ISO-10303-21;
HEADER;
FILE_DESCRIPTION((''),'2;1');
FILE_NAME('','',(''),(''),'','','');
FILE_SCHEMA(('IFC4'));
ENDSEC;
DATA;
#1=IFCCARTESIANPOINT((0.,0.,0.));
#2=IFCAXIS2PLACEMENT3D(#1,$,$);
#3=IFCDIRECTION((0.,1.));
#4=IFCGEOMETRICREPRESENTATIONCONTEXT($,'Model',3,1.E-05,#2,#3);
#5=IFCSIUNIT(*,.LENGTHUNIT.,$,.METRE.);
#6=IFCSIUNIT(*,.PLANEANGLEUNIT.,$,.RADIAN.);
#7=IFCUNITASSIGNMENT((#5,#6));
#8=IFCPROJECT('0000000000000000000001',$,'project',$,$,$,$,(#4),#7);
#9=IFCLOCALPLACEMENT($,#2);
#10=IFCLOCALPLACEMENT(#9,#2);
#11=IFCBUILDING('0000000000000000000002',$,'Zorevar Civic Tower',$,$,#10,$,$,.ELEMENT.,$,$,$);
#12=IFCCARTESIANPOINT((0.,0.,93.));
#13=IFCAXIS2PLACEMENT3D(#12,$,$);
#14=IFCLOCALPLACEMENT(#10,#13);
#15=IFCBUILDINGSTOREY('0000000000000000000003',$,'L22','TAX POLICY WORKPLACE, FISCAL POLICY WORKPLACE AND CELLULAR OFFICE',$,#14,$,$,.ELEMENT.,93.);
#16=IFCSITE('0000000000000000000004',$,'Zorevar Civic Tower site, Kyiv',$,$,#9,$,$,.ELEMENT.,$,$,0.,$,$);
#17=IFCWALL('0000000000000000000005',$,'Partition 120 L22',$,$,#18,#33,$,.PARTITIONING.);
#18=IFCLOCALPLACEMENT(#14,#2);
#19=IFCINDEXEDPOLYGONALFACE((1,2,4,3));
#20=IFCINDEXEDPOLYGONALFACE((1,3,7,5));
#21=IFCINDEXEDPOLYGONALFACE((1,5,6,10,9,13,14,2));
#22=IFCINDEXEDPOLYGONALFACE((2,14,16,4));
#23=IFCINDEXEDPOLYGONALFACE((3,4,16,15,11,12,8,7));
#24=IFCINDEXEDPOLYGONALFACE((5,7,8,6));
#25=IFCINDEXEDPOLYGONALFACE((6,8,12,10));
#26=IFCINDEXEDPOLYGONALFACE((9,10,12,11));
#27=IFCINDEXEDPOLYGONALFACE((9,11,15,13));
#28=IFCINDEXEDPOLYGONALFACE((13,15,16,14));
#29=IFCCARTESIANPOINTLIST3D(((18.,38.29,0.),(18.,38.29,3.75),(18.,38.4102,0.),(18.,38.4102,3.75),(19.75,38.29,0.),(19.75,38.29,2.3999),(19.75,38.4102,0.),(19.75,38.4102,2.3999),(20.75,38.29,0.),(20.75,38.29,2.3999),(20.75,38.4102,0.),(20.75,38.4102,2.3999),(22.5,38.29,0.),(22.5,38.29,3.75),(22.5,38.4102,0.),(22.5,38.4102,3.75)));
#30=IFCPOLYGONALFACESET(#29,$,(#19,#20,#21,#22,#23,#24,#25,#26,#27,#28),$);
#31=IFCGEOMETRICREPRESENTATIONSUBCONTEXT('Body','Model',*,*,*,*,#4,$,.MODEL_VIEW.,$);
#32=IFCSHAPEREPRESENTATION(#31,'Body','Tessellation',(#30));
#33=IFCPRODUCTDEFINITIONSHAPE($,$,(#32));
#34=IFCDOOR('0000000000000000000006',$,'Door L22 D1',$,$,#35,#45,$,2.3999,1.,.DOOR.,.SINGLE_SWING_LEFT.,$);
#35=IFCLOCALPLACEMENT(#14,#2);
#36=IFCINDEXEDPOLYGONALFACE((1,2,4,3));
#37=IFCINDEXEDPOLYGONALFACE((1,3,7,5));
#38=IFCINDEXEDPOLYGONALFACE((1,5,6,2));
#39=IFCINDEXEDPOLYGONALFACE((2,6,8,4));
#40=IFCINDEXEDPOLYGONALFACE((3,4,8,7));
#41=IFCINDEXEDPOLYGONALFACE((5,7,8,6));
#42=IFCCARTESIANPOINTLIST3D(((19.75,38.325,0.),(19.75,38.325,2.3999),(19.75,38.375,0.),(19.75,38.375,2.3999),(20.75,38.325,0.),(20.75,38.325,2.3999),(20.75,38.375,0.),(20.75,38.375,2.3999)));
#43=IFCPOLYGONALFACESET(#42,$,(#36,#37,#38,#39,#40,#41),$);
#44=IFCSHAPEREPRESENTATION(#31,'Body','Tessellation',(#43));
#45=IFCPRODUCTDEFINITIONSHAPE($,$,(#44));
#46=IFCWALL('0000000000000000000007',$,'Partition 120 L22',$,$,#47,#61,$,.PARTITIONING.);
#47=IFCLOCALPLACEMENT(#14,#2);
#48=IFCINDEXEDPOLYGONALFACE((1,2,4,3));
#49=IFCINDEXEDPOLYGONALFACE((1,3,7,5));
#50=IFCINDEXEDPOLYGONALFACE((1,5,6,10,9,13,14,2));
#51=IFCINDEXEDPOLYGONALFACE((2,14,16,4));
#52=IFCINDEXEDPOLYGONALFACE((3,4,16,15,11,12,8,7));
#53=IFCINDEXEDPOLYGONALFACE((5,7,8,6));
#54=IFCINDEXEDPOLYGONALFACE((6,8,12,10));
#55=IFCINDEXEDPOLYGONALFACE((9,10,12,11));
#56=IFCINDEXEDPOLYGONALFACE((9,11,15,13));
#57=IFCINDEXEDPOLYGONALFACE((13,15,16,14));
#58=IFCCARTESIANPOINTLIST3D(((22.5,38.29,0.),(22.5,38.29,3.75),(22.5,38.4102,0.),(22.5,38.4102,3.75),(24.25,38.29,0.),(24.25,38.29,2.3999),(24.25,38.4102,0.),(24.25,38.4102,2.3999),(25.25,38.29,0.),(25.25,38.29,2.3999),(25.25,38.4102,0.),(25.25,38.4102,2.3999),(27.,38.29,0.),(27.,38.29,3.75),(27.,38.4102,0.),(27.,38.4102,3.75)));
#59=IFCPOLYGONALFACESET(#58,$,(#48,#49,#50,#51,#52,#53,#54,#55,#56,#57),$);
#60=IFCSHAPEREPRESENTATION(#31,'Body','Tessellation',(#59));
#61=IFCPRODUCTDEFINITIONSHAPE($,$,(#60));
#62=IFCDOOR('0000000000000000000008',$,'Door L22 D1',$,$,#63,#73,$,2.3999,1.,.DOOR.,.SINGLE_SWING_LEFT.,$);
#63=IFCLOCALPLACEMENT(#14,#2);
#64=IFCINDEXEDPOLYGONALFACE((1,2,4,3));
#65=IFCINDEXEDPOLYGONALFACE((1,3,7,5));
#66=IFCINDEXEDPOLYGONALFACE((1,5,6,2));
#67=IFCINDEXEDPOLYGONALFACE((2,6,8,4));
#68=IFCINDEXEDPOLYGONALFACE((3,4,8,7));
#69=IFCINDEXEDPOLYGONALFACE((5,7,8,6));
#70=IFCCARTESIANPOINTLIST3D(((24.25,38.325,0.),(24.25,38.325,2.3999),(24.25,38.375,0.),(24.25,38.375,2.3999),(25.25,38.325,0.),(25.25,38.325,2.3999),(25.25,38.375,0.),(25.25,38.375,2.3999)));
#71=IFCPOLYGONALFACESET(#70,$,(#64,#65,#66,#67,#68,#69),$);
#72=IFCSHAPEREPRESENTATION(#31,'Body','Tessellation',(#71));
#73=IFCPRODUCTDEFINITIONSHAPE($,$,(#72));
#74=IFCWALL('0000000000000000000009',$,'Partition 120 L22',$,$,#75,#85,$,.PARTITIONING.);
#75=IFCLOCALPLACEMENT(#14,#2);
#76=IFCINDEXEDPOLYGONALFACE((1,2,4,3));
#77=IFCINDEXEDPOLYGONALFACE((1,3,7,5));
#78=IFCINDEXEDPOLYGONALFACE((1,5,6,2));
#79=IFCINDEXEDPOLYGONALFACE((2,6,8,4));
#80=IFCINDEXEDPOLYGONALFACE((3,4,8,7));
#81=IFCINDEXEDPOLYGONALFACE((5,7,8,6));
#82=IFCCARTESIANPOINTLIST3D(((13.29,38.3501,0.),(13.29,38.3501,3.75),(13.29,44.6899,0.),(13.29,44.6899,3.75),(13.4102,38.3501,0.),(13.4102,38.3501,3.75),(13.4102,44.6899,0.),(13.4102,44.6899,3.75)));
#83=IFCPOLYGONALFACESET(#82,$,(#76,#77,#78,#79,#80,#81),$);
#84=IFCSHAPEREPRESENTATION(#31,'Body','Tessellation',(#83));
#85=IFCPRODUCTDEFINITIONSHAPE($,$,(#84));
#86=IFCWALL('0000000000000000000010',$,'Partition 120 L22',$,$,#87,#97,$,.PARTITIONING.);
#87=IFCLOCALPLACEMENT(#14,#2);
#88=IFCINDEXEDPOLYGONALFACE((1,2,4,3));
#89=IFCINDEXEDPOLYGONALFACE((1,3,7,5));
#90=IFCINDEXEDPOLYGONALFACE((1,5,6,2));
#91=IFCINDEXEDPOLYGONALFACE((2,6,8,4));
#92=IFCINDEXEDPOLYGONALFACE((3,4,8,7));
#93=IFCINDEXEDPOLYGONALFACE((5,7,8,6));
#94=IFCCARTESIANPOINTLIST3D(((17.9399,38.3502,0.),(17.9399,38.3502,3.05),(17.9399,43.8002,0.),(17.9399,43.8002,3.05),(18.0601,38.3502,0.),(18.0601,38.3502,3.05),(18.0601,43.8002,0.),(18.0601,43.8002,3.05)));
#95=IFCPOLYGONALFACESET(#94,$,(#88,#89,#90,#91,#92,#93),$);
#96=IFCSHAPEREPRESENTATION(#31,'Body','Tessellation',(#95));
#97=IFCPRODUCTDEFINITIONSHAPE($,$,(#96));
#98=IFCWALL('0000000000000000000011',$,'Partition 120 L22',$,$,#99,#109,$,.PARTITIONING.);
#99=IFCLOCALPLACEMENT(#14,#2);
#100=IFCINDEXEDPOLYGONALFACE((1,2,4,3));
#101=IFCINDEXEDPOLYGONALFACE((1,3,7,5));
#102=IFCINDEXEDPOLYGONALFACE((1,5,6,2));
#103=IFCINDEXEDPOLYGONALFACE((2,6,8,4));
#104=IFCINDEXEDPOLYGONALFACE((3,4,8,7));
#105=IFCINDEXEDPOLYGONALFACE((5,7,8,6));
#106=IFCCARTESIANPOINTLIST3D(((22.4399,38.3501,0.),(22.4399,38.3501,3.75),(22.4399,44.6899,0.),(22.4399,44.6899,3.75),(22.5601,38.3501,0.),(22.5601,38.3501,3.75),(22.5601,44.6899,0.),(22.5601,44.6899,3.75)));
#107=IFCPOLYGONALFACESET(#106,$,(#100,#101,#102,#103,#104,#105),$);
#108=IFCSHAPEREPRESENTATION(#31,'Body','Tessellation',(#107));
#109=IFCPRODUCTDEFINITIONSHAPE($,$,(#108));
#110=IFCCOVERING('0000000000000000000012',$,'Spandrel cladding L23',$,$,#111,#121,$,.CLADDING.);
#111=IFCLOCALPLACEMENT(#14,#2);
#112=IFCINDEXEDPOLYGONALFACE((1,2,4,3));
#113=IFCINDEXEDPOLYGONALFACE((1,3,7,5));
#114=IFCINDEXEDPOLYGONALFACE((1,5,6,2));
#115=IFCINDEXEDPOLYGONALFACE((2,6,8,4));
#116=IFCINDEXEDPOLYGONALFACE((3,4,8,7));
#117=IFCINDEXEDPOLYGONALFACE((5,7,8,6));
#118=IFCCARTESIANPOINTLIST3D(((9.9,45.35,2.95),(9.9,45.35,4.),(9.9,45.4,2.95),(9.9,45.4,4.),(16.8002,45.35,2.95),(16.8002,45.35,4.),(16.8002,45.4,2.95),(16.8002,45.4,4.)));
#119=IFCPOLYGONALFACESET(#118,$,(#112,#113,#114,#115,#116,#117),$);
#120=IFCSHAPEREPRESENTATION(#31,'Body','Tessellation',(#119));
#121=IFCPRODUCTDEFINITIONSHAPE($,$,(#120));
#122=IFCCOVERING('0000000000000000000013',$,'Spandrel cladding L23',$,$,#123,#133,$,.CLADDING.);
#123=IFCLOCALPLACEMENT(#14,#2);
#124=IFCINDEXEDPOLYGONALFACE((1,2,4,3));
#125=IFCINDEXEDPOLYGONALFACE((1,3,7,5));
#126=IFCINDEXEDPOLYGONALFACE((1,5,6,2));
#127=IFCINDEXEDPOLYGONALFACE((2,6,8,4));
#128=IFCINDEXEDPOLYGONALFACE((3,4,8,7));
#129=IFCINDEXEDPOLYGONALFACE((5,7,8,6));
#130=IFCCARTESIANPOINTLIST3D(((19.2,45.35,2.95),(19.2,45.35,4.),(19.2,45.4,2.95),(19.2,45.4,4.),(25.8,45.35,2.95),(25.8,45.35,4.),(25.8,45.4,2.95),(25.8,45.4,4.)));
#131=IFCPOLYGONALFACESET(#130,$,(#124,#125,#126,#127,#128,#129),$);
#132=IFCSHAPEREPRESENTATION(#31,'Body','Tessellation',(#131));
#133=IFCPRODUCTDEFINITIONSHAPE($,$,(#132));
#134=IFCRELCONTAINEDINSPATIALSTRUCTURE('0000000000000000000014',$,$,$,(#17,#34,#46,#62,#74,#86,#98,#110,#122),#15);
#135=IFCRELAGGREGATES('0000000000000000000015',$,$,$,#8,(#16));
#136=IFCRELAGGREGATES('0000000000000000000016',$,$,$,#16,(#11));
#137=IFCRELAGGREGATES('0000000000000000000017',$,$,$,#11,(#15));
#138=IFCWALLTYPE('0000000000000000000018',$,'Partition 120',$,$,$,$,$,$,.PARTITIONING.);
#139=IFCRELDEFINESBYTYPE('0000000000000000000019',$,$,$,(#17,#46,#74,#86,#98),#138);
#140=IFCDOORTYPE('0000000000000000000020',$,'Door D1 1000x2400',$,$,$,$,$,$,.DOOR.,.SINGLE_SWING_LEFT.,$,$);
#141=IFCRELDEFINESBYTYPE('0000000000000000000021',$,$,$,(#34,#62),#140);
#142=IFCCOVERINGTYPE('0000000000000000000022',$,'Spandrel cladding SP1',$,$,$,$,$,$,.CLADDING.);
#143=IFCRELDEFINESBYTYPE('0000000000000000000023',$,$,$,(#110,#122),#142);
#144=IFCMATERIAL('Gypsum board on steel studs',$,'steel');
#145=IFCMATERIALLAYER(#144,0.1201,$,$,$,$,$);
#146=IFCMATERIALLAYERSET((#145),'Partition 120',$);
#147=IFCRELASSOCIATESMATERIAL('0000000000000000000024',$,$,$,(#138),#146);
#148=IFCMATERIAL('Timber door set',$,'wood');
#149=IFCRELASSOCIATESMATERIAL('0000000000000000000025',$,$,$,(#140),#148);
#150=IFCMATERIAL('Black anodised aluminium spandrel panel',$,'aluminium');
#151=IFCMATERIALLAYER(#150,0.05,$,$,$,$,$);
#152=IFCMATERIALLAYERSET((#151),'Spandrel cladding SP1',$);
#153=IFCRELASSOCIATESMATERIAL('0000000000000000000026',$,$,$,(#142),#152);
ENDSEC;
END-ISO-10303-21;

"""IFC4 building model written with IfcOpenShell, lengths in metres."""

from ifc_helpers import new_model, si_unit, direction, frame, frame_2d, origin, place, context, subcontext, project, spatial, rectangle, extrude, material, layer, layer_set, type_object, element, fill, save


model = new_model("IFC4")

# Units and contexts
model_context = context("Model", 3, precision=1e-05, world=origin(), true_north=direction((0.0, 1.0)))
body_context = subcontext(model_context, "Body", "Model", "MODEL_VIEW")
ifc_project = project(units=[si_unit("LENGTHUNIT", "METRE"), si_unit("PLANEANGLEUNIT", "RADIAN")], contexts=[model_context])

# Site, building, storey
site_placement = place(None, origin())
site = spatial("IfcSite", under=ifc_project, at=site_placement, Name="Zorevar Civic Tower site, Kyiv", CompositionType="ELEMENT", RefElevation=0.0)
building_placement = place(site_placement, origin())
building = spatial("IfcBuilding", under=site, at=building_placement, Name="Zorevar Civic Tower", CompositionType="ELEMENT")
storey_placement = place(building_placement, frame((0.0, 0.0, 93.0)))
storey = spatial("IfcBuildingStorey", under=building, at=storey_placement, Name="L22", Description="TAX POLICY WORKPLACE, FISCAL POLICY WORKPLACE AND CELLULAR OFFICE", CompositionType="ELEMENT", Elevation=93.0)

# Walls, openings, doors
ifc_material_1 = material(Name="Gypsum board on steel studs", Category="steel")
ifc_layer_1 = layer(ifc_material_1, 0.1201)
ifc_layer_set_1 = layer_set([ifc_layer_1], Name="Partition 120")
wall_type = type_object("IfcWallType", Name="Partition 120", PredefinedType="PARTITIONING", material=ifc_layer_set_1)
ifc_material_2 = material(Name="Timber door set", Category="wood")
door_type = type_object("IfcDoorType", Name="Door D1 1000x2400", OperationType="SINGLE_SWING_LEFT", PredefinedType="DOOR", material=ifc_material_2)
wall_1_placement = place(storey_placement, frame((18.0, 38.3501, 0.0), z_axis=(0.0, 0.0, 1.0), x_axis=(1.0, 0.0, 0.0)))
wall_1 = element("IfcWall", 1, at=wall_1_placement, inside=storey, type_object=wall_type, Name="Partition 120 L22", PredefinedType="PARTITIONING", context=body_context, shape_type="SweptSolid", body=[
    extrude(rectangle(XDim=4.5, YDim=0.1201, at=frame_2d((2.25, 0.0))), origin(), (0.0, 0.0, 1.0), 3.75),
])
opening_1_placement = place(wall_1_placement, frame((1.75, 0.0, 0.0)))
opening_1 = element("IfcOpeningElement", 2, at=opening_1_placement, cuts=wall_1, PredefinedType="OPENING", context=body_context, shape_type="SweptSolid", body=[
    extrude(rectangle(XDim=1.0, YDim=2.3999, at=frame_2d((0.5, 1.2))), frame((0.0, 0.0701, 0.0), z_axis=(0.0, -1.0, 0.0), x_axis=(1.0, 0.0, 0.0)), (0.0, 0.0, 1.0), 0.1401),
])
door_1_placement = place(opening_1_placement, origin())
door_1 = element("IfcDoor", 3, at=door_1_placement, inside=storey, type_object=door_type, Name="Door L22 D1", OperationType="SINGLE_SWING_LEFT", OverallHeight=2.3999, OverallWidth=1.0, PredefinedType="DOOR", context=body_context, shape_type="SweptSolid", body=[
    extrude(rectangle(XDim=1.0, YDim=2.3999, at=frame_2d((0.5, 1.2))), frame((0.0, 0.0249, 0.0), z_axis=(0.0, -1.0, 0.0), x_axis=(1.0, 0.0, 0.0)), (0.0, 0.0, 1.0), 0.05),
])
fill(opening_1, door_1)
wall_2_placement = place(storey_placement, frame((22.5, 38.3501, 0.0), z_axis=(0.0, 0.0, 1.0), x_axis=(1.0, 0.0, 0.0)))
wall_2 = element("IfcWall", 4, at=wall_2_placement, inside=storey, type_object=wall_type, Name="Partition 120 L22", PredefinedType="PARTITIONING", context=body_context, shape_type="SweptSolid", body=[
    extrude(rectangle(XDim=4.5, YDim=0.1201, at=frame_2d((2.25, 0.0))), origin(), (0.0, 0.0, 1.0), 3.75),
])
opening_2_placement = place(wall_2_placement, frame((1.75, 0.0, 0.0)))
opening_2 = element("IfcOpeningElement", 5, at=opening_2_placement, cuts=wall_2, PredefinedType="OPENING", context=body_context, shape_type="SweptSolid", body=[
    extrude(rectangle(XDim=1.0, YDim=2.3999, at=frame_2d((0.5, 1.2))), frame((0.0, 0.0701, 0.0), z_axis=(0.0, -1.0, 0.0), x_axis=(1.0, 0.0, 0.0)), (0.0, 0.0, 1.0), 0.1401),
])
door_2_placement = place(opening_2_placement, origin())
door_2 = element("IfcDoor", 6, at=door_2_placement, inside=storey, type_object=door_type, Name="Door L22 D1", OperationType="SINGLE_SWING_LEFT", OverallHeight=2.3999, OverallWidth=1.0, PredefinedType="DOOR", context=body_context, shape_type="SweptSolid", body=[
    extrude(rectangle(XDim=1.0, YDim=2.3999, at=frame_2d((0.5, 1.2))), frame((0.0, 0.0249, 0.0), z_axis=(0.0, -1.0, 0.0), x_axis=(1.0, 0.0, 0.0)), (0.0, 0.0, 1.0), 0.05),
])
fill(opening_2, door_2)

# Walls
wall_3_placement = place(storey_placement, frame((13.3501, 38.3501, 0.0), z_axis=(0.0, 0.0, 1.0), x_axis=(0.0, 1.0, 0.0)))
element("IfcWall", 7, at=wall_3_placement, inside=storey, type_object=wall_type, Name="Partition 120 L22", PredefinedType="PARTITIONING", context=body_context, shape_type="SweptSolid", body=[
    extrude(rectangle(XDim=6.3398, YDim=0.1201, at=frame_2d((3.1699, 0.0))), origin(), (0.0, 0.0, 1.0), 3.75),
])
wall_4_placement = place(storey_placement, frame((18.0, 38.3501, 0.0), z_axis=(0.0, 0.0, 1.0), x_axis=(0.0, 1.0, 0.0)))
element("IfcWall", 8, at=wall_4_placement, inside=storey, type_object=wall_type, Name="Partition 120 L22", PredefinedType="PARTITIONING", context=body_context, shape_type="SweptSolid", body=[
    extrude(rectangle(XDim=5.45, YDim=0.1201, at=frame_2d((2.7251, 0.0))), origin(), (0.0, 0.0, 1.0), 3.05),
])
wall_5_placement = place(storey_placement, frame((22.5, 38.3501, 0.0), z_axis=(0.0, 0.0, 1.0), x_axis=(0.0, 1.0, 0.0)))
element("IfcWall", 9, at=wall_5_placement, inside=storey, type_object=wall_type, Name="Partition 120 L22", PredefinedType="PARTITIONING", context=body_context, shape_type="SweptSolid", body=[
    extrude(rectangle(XDim=6.3398, YDim=0.1201, at=frame_2d((3.1699, 0.0))), origin(), (0.0, 0.0, 1.0), 3.75),
])

# Coverings
ifc_material_3 = material(Name="Black anodised aluminium spandrel panel", Category="aluminium")
ifc_layer_2 = layer(ifc_material_3, 0.05)
ifc_layer_set_2 = layer_set([ifc_layer_2], Name="Spandrel cladding SP1")
covering_type = type_object("IfcCoveringType", Name="Spandrel cladding SP1", PredefinedType="CLADDING", material=ifc_layer_set_2)
covering_1_placement = place(storey_placement, frame((9.8999, 45.375, 2.95), z_axis=(0.0, 0.0, 1.0), x_axis=(1.0, 0.0, 0.0)))
element("IfcCovering", 10, at=covering_1_placement, inside=storey, type_object=covering_type, Name="Spandrel cladding L23", PredefinedType="CLADDING", context=body_context, shape_type="SweptSolid", body=[
    extrude(rectangle(XDim=6.9001, YDim=0.05, at=frame_2d((3.4502, 0.0))), origin(), (0.0, 0.0, 1.0), 1.05),
])
covering_2_placement = place(storey_placement, frame((19.2, 45.375, 2.95), z_axis=(0.0, 0.0, 1.0), x_axis=(1.0, 0.0, 0.0)))
element("IfcCovering", 11, at=covering_2_placement, inside=storey, type_object=covering_type, Name="Spandrel cladding L23", PredefinedType="CLADDING", context=body_context, shape_type="SweptSolid", body=[
    extrude(rectangle(XDim=6.6001, YDim=0.05, at=frame_2d((3.3, 0.0))), origin(), (0.0, 0.0, 1.0), 1.05),
])

save(model, "model.ifc")
